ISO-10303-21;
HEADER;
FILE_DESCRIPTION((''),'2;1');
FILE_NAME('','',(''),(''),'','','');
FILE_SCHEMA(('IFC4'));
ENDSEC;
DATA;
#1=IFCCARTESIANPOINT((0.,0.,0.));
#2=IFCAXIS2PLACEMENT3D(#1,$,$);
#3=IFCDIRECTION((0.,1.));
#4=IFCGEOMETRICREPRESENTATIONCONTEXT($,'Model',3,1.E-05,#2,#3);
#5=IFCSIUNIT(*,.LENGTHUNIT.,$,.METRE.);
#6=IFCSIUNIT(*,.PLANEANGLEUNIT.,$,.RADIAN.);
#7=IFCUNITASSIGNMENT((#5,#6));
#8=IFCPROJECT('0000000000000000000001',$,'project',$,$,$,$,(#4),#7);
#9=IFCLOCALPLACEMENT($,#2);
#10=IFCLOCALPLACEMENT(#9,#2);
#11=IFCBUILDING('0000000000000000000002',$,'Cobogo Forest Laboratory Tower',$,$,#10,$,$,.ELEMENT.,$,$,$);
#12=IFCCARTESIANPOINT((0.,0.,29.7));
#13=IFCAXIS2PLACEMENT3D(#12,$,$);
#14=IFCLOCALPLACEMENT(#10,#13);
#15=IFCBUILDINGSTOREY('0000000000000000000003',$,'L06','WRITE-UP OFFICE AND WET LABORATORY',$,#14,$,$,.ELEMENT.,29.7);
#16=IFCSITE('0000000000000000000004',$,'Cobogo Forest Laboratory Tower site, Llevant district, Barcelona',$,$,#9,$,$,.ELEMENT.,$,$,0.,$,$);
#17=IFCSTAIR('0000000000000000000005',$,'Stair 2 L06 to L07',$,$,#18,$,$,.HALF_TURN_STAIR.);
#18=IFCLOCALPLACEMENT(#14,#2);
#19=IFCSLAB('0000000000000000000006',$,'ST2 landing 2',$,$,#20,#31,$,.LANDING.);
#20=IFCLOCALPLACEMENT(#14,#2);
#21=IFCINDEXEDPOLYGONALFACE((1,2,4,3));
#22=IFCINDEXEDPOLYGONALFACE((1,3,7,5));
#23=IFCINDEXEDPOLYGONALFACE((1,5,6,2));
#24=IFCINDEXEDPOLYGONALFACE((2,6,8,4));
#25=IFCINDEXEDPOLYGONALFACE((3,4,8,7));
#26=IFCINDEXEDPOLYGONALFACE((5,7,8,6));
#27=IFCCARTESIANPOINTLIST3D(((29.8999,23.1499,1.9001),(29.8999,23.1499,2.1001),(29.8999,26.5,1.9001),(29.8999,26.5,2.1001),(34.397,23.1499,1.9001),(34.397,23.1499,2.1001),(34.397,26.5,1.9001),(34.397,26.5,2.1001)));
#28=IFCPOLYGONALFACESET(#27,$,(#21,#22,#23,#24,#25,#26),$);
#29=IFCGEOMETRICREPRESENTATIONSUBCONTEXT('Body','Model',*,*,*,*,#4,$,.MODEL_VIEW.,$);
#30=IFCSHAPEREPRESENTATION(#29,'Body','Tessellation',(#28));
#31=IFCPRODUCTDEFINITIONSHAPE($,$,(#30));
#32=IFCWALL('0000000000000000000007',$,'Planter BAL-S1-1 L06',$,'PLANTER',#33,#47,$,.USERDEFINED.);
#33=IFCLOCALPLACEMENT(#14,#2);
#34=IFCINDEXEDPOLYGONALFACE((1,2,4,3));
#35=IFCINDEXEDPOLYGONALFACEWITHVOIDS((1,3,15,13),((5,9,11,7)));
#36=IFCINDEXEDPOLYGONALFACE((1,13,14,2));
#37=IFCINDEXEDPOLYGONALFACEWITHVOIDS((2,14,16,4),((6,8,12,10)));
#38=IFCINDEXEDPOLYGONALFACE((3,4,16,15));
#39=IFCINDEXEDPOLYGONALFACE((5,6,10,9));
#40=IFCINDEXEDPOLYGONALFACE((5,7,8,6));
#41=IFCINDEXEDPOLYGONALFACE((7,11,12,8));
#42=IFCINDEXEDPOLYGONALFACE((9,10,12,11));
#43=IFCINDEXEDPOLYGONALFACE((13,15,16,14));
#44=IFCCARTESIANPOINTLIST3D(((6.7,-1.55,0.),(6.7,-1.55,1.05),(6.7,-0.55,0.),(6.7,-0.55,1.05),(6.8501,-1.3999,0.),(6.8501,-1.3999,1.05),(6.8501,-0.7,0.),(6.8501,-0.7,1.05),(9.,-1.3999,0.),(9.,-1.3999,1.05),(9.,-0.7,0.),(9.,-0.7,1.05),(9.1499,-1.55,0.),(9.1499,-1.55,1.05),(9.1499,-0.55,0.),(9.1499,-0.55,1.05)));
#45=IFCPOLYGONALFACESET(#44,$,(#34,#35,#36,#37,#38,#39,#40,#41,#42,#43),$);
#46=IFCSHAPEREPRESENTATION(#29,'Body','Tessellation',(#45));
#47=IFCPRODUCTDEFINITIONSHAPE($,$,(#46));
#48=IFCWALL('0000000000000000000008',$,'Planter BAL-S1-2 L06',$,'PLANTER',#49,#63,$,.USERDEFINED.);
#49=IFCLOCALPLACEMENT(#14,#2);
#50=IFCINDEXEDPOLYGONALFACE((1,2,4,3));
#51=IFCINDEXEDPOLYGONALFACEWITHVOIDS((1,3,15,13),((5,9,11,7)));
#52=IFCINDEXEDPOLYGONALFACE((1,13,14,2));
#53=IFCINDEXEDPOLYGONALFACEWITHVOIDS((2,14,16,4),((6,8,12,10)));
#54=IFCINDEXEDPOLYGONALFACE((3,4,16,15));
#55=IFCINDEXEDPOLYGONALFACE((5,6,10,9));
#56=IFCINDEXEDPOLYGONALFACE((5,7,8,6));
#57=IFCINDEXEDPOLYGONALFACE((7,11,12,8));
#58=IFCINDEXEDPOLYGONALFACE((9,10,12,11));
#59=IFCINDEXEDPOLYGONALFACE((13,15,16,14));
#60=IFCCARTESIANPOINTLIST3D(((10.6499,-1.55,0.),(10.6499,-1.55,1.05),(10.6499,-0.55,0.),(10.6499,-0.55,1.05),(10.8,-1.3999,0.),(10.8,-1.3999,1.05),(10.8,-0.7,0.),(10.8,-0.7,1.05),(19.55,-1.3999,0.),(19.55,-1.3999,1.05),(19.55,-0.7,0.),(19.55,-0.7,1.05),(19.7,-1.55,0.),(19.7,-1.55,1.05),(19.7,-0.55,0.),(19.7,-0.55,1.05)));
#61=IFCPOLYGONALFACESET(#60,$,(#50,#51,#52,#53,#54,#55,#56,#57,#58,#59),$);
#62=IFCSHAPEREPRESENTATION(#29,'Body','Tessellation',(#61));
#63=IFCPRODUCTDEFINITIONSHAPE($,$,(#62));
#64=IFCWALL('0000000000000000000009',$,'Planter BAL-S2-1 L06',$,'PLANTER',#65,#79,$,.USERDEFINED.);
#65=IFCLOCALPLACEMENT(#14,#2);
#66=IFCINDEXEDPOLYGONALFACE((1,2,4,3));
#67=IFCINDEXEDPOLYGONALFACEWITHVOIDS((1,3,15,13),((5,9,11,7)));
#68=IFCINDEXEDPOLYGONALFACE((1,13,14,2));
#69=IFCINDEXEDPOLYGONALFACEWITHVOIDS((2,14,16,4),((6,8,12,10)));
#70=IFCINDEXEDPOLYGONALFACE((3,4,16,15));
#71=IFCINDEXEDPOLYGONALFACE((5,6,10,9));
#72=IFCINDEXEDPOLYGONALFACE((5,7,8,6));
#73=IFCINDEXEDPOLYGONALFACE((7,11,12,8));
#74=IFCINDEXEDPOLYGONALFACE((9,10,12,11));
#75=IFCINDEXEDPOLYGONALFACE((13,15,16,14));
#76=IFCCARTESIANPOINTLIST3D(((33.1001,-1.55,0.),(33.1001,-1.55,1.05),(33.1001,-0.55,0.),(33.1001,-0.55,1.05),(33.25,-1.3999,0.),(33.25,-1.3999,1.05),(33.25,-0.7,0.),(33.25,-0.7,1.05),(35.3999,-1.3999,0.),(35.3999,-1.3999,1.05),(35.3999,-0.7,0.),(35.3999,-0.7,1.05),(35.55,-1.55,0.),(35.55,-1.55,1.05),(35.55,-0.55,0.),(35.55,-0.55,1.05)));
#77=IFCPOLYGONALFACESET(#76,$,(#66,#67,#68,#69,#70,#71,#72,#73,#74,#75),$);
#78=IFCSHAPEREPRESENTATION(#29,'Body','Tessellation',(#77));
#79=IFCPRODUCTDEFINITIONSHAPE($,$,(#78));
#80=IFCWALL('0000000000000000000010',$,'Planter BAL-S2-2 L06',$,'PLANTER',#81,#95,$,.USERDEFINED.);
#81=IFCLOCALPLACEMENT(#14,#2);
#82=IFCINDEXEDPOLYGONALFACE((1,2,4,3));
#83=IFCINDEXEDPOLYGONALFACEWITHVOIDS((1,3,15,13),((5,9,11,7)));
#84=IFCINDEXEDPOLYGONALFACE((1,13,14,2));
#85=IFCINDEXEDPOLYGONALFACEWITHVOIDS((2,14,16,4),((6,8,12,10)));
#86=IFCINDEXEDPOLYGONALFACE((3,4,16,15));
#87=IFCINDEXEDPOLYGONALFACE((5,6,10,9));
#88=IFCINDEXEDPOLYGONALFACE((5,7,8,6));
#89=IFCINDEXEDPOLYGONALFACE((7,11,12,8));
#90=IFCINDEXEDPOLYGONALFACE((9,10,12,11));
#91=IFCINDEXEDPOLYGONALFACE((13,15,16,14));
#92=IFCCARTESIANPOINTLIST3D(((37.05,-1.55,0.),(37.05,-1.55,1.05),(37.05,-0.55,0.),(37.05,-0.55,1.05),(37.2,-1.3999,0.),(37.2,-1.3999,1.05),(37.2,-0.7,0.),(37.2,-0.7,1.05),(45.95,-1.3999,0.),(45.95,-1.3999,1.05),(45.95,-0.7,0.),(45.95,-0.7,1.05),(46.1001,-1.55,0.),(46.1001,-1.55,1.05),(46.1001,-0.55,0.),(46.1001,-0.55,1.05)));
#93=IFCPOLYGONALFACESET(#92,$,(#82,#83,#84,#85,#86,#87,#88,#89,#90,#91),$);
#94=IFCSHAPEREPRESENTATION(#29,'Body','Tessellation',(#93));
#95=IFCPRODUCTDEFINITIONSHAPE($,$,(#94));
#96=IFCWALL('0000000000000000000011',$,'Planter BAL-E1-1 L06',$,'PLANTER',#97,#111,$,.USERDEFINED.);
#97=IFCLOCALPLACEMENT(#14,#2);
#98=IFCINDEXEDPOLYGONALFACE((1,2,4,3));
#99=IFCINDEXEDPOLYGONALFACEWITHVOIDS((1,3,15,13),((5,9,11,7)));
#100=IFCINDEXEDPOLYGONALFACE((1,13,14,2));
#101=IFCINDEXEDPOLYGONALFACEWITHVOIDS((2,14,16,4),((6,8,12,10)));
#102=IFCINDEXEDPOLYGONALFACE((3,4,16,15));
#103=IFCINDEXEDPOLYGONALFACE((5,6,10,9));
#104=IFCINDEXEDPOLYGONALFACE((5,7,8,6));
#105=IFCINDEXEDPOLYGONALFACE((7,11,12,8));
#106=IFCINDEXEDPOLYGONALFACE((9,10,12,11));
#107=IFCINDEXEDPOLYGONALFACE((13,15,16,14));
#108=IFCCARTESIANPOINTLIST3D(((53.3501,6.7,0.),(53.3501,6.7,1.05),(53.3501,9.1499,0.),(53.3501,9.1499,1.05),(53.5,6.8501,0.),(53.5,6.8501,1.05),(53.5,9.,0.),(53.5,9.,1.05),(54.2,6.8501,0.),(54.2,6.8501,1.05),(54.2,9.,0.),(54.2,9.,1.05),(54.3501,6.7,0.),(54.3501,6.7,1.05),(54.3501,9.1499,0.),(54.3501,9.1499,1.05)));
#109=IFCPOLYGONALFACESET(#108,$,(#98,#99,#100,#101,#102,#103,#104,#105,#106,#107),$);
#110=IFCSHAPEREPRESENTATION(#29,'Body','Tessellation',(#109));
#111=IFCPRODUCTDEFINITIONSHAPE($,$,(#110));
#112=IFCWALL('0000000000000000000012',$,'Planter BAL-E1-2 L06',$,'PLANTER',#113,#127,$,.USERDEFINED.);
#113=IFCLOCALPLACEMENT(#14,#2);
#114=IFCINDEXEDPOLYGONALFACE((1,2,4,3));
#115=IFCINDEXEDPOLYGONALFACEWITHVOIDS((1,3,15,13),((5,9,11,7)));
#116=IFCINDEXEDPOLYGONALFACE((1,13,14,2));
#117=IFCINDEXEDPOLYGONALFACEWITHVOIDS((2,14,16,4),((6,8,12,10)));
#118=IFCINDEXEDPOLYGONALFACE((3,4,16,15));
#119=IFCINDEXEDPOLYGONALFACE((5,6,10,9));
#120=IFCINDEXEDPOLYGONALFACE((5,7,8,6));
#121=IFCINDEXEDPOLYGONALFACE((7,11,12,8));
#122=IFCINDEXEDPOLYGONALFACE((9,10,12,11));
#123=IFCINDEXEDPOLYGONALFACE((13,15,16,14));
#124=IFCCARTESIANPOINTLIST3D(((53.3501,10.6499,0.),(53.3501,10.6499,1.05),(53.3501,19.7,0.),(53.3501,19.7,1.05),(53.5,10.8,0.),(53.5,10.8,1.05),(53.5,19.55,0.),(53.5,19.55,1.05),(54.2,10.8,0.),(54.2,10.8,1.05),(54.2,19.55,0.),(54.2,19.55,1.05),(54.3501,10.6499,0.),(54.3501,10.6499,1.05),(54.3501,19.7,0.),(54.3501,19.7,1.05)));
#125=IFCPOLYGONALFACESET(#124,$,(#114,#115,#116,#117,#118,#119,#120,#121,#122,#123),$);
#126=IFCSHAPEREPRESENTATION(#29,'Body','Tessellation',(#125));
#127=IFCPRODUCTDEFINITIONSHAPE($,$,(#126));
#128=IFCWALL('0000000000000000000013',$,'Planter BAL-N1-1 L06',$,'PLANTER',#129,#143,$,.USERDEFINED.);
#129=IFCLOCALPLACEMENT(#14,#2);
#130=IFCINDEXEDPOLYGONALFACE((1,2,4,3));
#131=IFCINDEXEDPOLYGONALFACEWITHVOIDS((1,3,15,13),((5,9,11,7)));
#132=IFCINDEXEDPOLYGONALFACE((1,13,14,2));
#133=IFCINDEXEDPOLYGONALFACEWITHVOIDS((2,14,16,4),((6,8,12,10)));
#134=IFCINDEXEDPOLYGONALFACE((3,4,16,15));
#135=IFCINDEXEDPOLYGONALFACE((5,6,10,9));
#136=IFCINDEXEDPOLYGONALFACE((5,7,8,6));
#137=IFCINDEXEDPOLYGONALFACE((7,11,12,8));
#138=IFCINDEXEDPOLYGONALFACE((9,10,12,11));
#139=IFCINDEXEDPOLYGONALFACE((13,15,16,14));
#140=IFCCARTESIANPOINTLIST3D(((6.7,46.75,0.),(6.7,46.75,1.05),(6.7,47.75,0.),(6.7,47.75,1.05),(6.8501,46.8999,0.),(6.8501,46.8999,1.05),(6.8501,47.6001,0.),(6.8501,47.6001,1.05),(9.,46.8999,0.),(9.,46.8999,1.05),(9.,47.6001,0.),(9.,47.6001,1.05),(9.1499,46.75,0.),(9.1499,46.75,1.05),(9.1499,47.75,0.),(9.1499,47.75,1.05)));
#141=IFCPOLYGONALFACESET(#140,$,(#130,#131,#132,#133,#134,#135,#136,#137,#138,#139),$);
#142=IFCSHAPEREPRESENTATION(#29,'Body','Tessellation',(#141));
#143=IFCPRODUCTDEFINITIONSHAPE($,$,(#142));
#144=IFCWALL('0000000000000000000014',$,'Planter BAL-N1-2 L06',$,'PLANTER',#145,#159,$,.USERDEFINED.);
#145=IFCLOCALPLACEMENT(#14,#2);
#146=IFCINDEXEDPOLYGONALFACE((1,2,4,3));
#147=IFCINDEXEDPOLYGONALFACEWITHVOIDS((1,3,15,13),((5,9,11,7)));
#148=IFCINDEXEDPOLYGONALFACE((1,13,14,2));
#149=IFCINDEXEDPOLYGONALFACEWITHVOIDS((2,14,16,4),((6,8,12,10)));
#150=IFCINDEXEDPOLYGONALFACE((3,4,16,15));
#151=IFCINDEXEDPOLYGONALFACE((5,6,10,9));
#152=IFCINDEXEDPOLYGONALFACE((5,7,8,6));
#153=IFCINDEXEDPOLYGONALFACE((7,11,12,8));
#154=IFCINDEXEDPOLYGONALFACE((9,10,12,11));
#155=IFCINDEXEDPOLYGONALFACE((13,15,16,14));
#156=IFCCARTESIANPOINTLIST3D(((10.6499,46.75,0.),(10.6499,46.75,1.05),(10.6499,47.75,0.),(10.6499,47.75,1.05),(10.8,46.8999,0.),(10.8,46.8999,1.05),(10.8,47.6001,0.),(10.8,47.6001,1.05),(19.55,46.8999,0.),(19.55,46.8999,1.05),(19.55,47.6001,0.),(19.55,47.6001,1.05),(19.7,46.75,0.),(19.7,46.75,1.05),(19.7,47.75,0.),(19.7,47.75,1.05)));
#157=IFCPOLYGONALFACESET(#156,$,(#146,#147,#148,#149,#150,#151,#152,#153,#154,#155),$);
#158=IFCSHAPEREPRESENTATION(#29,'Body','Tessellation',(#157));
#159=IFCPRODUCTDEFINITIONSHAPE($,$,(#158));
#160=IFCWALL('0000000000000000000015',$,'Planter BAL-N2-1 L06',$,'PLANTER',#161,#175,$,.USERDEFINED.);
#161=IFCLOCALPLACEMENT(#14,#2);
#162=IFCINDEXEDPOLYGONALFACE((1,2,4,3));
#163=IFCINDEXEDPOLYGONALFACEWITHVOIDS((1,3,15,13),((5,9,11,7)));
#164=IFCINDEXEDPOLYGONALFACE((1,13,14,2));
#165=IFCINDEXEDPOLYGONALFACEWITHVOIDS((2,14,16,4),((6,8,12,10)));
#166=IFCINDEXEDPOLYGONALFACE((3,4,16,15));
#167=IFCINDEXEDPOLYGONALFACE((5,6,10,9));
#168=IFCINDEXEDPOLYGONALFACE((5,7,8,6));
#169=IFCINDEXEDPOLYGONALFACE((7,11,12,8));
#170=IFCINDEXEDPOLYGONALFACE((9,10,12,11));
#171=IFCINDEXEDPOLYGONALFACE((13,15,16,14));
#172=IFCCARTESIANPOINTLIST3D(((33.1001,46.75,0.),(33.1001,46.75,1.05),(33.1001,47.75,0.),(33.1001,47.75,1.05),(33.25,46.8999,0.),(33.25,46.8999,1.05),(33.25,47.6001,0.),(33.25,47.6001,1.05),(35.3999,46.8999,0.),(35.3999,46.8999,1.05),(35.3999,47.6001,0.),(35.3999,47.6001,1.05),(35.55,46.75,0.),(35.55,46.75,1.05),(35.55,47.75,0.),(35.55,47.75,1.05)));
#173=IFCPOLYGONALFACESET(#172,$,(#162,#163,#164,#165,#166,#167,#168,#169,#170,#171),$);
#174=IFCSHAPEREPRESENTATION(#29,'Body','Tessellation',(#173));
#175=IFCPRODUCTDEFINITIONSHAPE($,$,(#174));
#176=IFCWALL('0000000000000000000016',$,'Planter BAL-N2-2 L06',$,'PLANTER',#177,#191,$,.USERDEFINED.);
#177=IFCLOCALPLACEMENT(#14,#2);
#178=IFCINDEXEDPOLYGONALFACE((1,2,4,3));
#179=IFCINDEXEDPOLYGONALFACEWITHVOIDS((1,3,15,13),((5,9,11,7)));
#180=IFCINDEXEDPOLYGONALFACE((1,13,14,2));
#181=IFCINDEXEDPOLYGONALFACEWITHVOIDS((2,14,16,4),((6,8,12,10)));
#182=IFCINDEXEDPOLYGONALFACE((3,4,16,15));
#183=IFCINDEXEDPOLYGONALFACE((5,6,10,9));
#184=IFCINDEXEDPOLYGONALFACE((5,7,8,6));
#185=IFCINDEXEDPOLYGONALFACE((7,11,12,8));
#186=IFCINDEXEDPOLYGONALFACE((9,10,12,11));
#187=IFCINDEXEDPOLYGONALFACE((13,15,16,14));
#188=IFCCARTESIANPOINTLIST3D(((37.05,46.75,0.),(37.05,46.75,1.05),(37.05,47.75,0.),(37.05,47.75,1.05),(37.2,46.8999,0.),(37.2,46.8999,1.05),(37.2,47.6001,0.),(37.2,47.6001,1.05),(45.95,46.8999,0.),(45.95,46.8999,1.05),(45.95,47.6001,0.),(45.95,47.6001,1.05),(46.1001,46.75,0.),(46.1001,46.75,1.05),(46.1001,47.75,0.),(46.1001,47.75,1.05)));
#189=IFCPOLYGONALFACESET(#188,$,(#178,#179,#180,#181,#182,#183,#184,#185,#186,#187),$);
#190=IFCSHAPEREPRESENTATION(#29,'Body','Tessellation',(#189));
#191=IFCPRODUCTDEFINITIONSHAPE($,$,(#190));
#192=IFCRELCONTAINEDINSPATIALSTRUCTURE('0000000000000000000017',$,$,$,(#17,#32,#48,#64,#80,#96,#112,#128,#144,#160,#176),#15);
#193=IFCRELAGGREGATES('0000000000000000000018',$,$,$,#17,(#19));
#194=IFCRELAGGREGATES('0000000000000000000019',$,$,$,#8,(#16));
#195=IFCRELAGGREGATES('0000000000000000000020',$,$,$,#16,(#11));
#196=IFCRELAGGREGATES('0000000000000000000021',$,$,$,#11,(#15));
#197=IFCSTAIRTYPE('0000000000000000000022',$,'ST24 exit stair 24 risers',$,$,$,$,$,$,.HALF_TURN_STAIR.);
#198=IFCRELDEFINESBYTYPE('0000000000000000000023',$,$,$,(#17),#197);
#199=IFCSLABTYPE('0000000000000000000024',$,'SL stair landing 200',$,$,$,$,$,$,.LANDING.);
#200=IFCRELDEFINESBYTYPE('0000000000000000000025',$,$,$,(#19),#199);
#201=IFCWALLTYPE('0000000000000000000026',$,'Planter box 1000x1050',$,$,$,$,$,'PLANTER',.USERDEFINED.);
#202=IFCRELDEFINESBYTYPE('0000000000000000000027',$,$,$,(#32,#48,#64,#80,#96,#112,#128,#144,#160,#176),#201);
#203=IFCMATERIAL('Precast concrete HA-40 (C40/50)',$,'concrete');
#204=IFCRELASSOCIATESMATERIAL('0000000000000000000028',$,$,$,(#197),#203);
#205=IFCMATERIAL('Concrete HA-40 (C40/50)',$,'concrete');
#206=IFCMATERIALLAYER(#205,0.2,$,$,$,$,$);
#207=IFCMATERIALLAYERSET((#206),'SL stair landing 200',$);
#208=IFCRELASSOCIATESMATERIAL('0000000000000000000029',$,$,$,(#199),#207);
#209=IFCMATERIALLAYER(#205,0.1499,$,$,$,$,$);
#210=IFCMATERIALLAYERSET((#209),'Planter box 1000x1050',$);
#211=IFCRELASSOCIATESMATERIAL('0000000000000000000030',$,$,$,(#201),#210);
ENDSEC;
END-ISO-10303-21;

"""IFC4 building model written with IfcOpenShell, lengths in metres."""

from ifc_helpers import new_model, si_unit, direction, frame, origin, place, context, subcontext, project, spatial, polyline, outline, extrude, material, layer, layer_set, type_object, element, aggregate, save


model = new_model("IFC4")

# Units and contexts
model_context = context("Model", 3, precision=1e-05, world=origin(), true_north=direction((0.0, 1.0)))
body_context = subcontext(model_context, "Body", "Model", "MODEL_VIEW")
ifc_project = project(units=[si_unit("LENGTHUNIT", "METRE"), si_unit("PLANEANGLEUNIT", "RADIAN")], contexts=[model_context])

# Site, building, storey
site_placement = place(None, origin())
site = spatial("IfcSite", under=ifc_project, at=site_placement, Name="Cobogo Forest Laboratory Tower site, Llevant district, Barcelona", CompositionType="ELEMENT", RefElevation=0.0)
building_placement = place(site_placement, origin())
building = spatial("IfcBuilding", under=site, at=building_placement, Name="Cobogo Forest Laboratory Tower", CompositionType="ELEMENT")
storey_placement = place(building_placement, frame((0.0, 0.0, 29.7)))
storey = spatial("IfcBuildingStorey", under=building, at=storey_placement, Name="L06", Description="WRITE-UP OFFICE AND WET LABORATORY", CompositionType="ELEMENT", Elevation=29.7)

# Shared definitions
ifc_material_1 = material(Name="Concrete HA-40 (C40/50)", Category="concrete")

# Stair, slab
ifc_material_2 = material(Name="Precast concrete HA-40 (C40/50)", Category="concrete")
stair_type = type_object("IfcStairType", Name="ST24 exit stair 24 risers", PredefinedType="HALF_TURN_STAIR", material=ifc_material_2)
ifc_layer_1 = layer(ifc_material_1, 0.2)
ifc_layer_set_1 = layer_set([ifc_layer_1], Name="SL stair landing 200")
slab_type_1 = type_object("IfcSlabType", Name="SL stair landing 200", PredefinedType="LANDING", material=ifc_layer_set_1)
stair_1_placement = place(storey_placement, origin())
stair_1 = element("IfcStair", 1, at=stair_1_placement, inside=storey, type_object=stair_type, Name="Stair 2 L06 to L07", PredefinedType="HALF_TURN_STAIR")
slab_1_placement = place(storey_placement, frame((0.0, 0.0, 1.9001)))
slab_1 = element("IfcSlab", 2, at=slab_1_placement, type_object=slab_type_1, Name="ST2 landing 2", PredefinedType="LANDING", context=body_context, shape_type="SweptSolid", body=[
    extrude(outline(polyline([(29.8999, 23.1499), (34.397, 23.1499), (34.397, 26.5), (29.8999, 26.5), (29.8999, 23.1499)])), origin(), (0.0, 0.0, 1.0), 0.2),
])
aggregate(stair_1, [slab_1])

# Walls
ifc_layer_2 = layer(ifc_material_1, 0.1499)
ifc_layer_set_2 = layer_set([ifc_layer_2], Name="Planter box 1000x1050")
wall_type = type_object("IfcWallType", Name="Planter box 1000x1050", ElementType="PLANTER", PredefinedType="USERDEFINED", material=ifc_layer_set_2)
wall_1_placement = place(storey_placement, origin())
element("IfcWall", 3, at=wall_1_placement, inside=storey, type_object=wall_type, Name="Planter BAL-S1-1 L06", ObjectType="PLANTER", PredefinedType="USERDEFINED", context=body_context, shape_type="SweptSolid", body=[
    extrude(outline(polyline([(6.7, -1.55), (9.1499, -1.55), (9.1499, -0.55), (6.7, -0.55), (6.7, -1.55)]), holes=[polyline([(6.8501, -1.3999), (9.0, -1.3999), (9.0, -0.7), (6.8501, -0.7), (6.8501, -1.3999)])]), origin(), (0.0, 0.0, 1.0), 1.05),
])
wall_2_placement = place(storey_placement, origin())
element("IfcWall", 4, at=wall_2_placement, inside=storey, type_object=wall_type, Name="Planter BAL-S1-2 L06", ObjectType="PLANTER", PredefinedType="USERDEFINED", context=body_context, shape_type="SweptSolid", body=[
    extrude(outline(polyline([(10.6499, -1.55), (19.7, -1.55), (19.7, -0.55), (10.6499, -0.55), (10.6499, -1.55)]), holes=[polyline([(10.8, -1.3999), (19.55, -1.3999), (19.55, -0.7), (10.8, -0.7), (10.8, -1.3999)])]), origin(), (0.0, 0.0, 1.0), 1.05),
])
wall_3_placement = place(storey_placement, origin())
element("IfcWall", 5, at=wall_3_placement, inside=storey, type_object=wall_type, Name="Planter BAL-S2-1 L06", ObjectType="PLANTER", PredefinedType="USERDEFINED", context=body_context, shape_type="SweptSolid", body=[
    extrude(outline(polyline([(33.1001, -1.55), (35.55, -1.55), (35.55, -0.55), (33.1001, -0.55), (33.1001, -1.55)]), holes=[polyline([(33.25, -1.3999), (35.3999, -1.3999), (35.3999, -0.7), (33.25, -0.7), (33.25, -1.3999)])]), origin(), (0.0, 0.0, 1.0), 1.05),
])
wall_4_placement = place(storey_placement, origin())
element("IfcWall", 6, at=wall_4_placement, inside=storey, type_object=wall_type, Name="Planter BAL-S2-2 L06", ObjectType="PLANTER", PredefinedType="USERDEFINED", context=body_context, shape_type="SweptSolid", body=[
    extrude(outline(polyline([(37.05, -1.55), (46.1001, -1.55), (46.1001, -0.55), (37.05, -0.55), (37.05, -1.55)]), holes=[polyline([(37.2, -1.3999), (45.95, -1.3999), (45.95, -0.7), (37.2, -0.7), (37.2, -1.3999)])]), origin(), (0.0, 0.0, 1.0), 1.05),
])
wall_5_placement = place(storey_placement, origin())
element("IfcWall", 7, at=wall_5_placement, inside=storey, type_object=wall_type, Name="Planter BAL-E1-1 L06", ObjectType="PLANTER", PredefinedType="USERDEFINED", context=body_context, shape_type="SweptSolid", body=[
    extrude(outline(polyline([(53.3501, 6.7), (54.3501, 6.7), (54.3501, 9.1499), (53.3501, 9.1499), (53.3501, 6.7)]), holes=[polyline([(53.5, 6.8501), (54.2, 6.8501), (54.2, 9.0), (53.5, 9.0), (53.5, 6.8501)])]), origin(), (0.0, 0.0, 1.0), 1.05),
])
wall_6_placement = place(storey_placement, origin())
element("IfcWall", 8, at=wall_6_placement, inside=storey, type_object=wall_type, Name="Planter BAL-E1-2 L06", ObjectType="PLANTER", PredefinedType="USERDEFINED", context=body_context, shape_type="SweptSolid", body=[
    extrude(outline(polyline([(53.3501, 10.6499), (54.3501, 10.6499), (54.3501, 19.7), (53.3501, 19.7), (53.3501, 10.6499)]), holes=[polyline([(53.5, 10.8), (54.2, 10.8), (54.2, 19.55), (53.5, 19.55), (53.5, 10.8)])]), origin(), (0.0, 0.0, 1.0), 1.05),
])
wall_7_placement = place(storey_placement, origin())
element("IfcWall", 9, at=wall_7_placement, inside=storey, type_object=wall_type, Name="Planter BAL-N1-1 L06", ObjectType="PLANTER", PredefinedType="USERDEFINED", context=body_context, shape_type="SweptSolid", body=[
    extrude(outline(polyline([(6.7, 46.75), (9.1499, 46.75), (9.1499, 47.75), (6.7, 47.75), (6.7, 46.75)]), holes=[polyline([(6.8501, 46.8999), (9.0, 46.8999), (9.0, 47.6001), (6.8501, 47.6001), (6.8501, 46.8999)])]), origin(), (0.0, 0.0, 1.0), 1.05),
])
wall_8_placement = place(storey_placement, origin())
element("IfcWall", 10, at=wall_8_placement, inside=storey, type_object=wall_type, Name="Planter BAL-N1-2 L06", ObjectType="PLANTER", PredefinedType="USERDEFINED", context=body_context, shape_type="SweptSolid", body=[
    extrude(outline(polyline([(10.6499, 46.75), (19.7, 46.75), (19.7, 47.75), (10.6499, 47.75), (10.6499, 46.75)]), holes=[polyline([(10.8, 46.8999), (19.55, 46.8999), (19.55, 47.6001), (10.8, 47.6001), (10.8, 46.8999)])]), origin(), (0.0, 0.0, 1.0), 1.05),
])
wall_9_placement = place(storey_placement, origin())
element("IfcWall", 11, at=wall_9_placement, inside=storey, type_object=wall_type, Name="Planter BAL-N2-1 L06", ObjectType="PLANTER", PredefinedType="USERDEFINED", context=body_context, shape_type="SweptSolid", body=[
    extrude(outline(polyline([(33.1001, 46.75), (35.55, 46.75), (35.55, 47.75), (33.1001, 47.75), (33.1001, 46.75)]), holes=[polyline([(33.25, 46.8999), (35.3999, 46.8999), (35.3999, 47.6001), (33.25, 47.6001), (33.25, 46.8999)])]), origin(), (0.0, 0.0, 1.0), 1.05),
])
wall_10_placement = place(storey_placement, origin())
element("IfcWall", 12, at=wall_10_placement, inside=storey, type_object=wall_type, Name="Planter BAL-N2-2 L06", ObjectType="PLANTER", PredefinedType="USERDEFINED", context=body_context, shape_type="SweptSolid", body=[
    extrude(outline(polyline([(37.05, 46.75), (46.1001, 46.75), (46.1001, 47.75), (37.05, 47.75), (37.05, 46.75)]), holes=[polyline([(37.2, 46.8999), (45.95, 46.8999), (45.95, 47.6001), (37.2, 47.6001), (37.2, 46.8999)])]), origin(), (0.0, 0.0, 1.0), 1.05),
])

save(model, "model.ifc")
